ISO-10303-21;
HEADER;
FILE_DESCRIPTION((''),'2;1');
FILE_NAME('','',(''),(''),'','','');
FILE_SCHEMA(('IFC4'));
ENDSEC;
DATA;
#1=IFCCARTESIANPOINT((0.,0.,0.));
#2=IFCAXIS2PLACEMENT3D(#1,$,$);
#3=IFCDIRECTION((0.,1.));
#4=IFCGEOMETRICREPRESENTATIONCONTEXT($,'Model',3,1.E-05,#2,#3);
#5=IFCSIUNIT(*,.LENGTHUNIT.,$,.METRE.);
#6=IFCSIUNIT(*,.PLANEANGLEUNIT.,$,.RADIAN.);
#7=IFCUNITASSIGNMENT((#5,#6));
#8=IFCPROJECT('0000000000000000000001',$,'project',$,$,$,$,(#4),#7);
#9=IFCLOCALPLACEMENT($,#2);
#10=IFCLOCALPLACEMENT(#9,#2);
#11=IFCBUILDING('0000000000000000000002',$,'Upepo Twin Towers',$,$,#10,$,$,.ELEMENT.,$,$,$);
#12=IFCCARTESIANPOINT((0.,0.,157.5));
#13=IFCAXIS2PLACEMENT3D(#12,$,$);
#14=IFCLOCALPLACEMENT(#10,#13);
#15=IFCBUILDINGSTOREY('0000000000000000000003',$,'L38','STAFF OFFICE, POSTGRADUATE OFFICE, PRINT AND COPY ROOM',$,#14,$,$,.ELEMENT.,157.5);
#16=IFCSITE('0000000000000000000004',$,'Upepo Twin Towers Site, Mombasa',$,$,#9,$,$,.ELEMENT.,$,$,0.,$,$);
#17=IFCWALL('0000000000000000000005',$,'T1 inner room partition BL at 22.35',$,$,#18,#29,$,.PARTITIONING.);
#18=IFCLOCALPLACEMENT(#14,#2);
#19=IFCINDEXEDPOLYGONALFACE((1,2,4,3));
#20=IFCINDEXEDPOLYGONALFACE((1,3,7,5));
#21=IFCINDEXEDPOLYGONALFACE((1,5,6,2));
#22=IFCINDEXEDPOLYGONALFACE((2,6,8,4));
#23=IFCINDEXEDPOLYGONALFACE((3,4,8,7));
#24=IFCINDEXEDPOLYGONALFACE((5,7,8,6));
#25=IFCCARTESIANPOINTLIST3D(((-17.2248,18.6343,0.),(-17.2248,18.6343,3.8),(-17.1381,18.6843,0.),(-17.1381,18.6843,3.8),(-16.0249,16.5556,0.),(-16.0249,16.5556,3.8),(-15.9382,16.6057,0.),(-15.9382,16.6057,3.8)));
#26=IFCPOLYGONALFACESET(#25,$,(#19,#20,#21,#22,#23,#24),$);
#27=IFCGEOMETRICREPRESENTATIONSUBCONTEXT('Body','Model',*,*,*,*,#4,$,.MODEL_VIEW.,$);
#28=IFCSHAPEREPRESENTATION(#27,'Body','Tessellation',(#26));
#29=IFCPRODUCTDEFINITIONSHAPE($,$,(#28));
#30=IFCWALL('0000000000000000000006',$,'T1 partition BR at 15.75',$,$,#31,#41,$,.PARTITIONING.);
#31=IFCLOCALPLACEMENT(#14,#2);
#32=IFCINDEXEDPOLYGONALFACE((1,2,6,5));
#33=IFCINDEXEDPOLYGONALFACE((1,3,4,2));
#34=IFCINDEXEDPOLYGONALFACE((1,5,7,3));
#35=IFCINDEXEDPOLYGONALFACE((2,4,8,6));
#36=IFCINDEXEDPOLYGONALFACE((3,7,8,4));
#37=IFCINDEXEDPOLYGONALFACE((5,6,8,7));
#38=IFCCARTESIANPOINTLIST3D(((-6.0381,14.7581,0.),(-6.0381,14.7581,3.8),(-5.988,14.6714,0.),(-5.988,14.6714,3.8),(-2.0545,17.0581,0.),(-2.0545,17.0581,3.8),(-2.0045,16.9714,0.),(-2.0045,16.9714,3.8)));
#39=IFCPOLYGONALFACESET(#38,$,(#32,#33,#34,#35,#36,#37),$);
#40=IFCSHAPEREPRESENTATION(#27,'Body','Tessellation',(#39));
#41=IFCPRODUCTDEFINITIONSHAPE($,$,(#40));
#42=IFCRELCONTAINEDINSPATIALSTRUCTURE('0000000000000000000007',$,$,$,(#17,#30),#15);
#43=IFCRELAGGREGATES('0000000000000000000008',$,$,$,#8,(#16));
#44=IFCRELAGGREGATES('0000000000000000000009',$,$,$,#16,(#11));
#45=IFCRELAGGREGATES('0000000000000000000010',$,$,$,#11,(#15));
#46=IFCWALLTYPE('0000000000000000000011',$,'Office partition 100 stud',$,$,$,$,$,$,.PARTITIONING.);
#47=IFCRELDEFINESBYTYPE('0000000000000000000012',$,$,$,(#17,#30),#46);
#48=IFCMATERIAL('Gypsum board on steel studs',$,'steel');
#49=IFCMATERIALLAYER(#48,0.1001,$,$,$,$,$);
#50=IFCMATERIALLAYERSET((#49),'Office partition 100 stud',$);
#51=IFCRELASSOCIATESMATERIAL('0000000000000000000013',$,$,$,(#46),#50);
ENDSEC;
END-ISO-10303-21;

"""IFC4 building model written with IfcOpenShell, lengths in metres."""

from ifc_helpers import new_model, si_unit, direction, frame, frame_2d, origin, place, context, subcontext, project, spatial, rectangle, extrude, material, layer, layer_set, type_object, element, save


model = new_model("IFC4")

# Units and contexts
model_context = context("Model", 3, precision=1e-05, world=origin(), true_north=direction((0.0, 1.0)))
body_context = subcontext(model_context, "Body", "Model", "MODEL_VIEW")
ifc_project = project(units=[si_unit("LENGTHUNIT", "METRE"), si_unit("PLANEANGLEUNIT", "RADIAN")], contexts=[model_context])

# Site, building, storey
site_placement = place(None, origin())
site = spatial("IfcSite", under=ifc_project, at=site_placement, Name="Upepo Twin Towers Site, Mombasa", CompositionType="ELEMENT", RefElevation=0.0)
building_placement = place(site_placement, origin())
building = spatial("IfcBuilding", under=site, at=building_placement, Name="Upepo Twin Towers", CompositionType="ELEMENT")
storey_placement = place(building_placement, frame((0.0, 0.0, 157.5)))
storey = spatial("IfcBuildingStorey", under=building, at=storey_placement, Name="L38", Description="STAFF OFFICE, POSTGRADUATE OFFICE, PRINT AND COPY ROOM", CompositionType="ELEMENT", Elevation=157.5)

# Shared definitions
ifc_material_1 = material(Name="Gypsum board on steel studs", Category="steel")
ifc_layer_1 = layer(ifc_material_1, 0.1001)
ifc_layer_set_1 = layer_set([ifc_layer_1], Name="Office partition 100 stud")
wall_type_1 = type_object("IfcWallType", Name="Office partition 100 stud", PredefinedType="PARTITIONING", material=ifc_layer_set_1)

# Walls
wall_1_placement = place(storey_placement, frame((-15.9814, 16.5806, 0.0), z_axis=(0.0, 0.0, 1.0), x_axis=(-0.499957, 0.86605, 0.0)))
element("IfcWall", 1, at=wall_1_placement, inside=storey, type_object=wall_type_1, Name="T1 inner room partition BL at 22.35", PredefinedType="PARTITIONING", context=body_context, shape_type="SweptSolid", body=[
    extrude(rectangle(XDim=2.4001, YDim=0.1001, at=frame_2d((1.2002, 0.0))), origin(), (0.0, 0.0, 1.0), 3.8),
])
wall_2_placement = place(storey_placement, frame((-6.0129, 14.7148, 0.0), z_axis=(0.0, 0.0, 1.0), x_axis=(0.866017, 0.500015, 0.0)))
element("IfcWall", 2, at=wall_2_placement, inside=storey, type_object=wall_type_1, Name="T1 partition BR at 15.75", PredefinedType="PARTITIONING", context=body_context, shape_type="SweptSolid", body=[
    extrude(rectangle(XDim=4.5999, YDim=0.1001, at=frame_2d((2.2998, 0.0))), origin(), (0.0, 0.0, 1.0), 3.8),
])

save(model, "model.ifc")
